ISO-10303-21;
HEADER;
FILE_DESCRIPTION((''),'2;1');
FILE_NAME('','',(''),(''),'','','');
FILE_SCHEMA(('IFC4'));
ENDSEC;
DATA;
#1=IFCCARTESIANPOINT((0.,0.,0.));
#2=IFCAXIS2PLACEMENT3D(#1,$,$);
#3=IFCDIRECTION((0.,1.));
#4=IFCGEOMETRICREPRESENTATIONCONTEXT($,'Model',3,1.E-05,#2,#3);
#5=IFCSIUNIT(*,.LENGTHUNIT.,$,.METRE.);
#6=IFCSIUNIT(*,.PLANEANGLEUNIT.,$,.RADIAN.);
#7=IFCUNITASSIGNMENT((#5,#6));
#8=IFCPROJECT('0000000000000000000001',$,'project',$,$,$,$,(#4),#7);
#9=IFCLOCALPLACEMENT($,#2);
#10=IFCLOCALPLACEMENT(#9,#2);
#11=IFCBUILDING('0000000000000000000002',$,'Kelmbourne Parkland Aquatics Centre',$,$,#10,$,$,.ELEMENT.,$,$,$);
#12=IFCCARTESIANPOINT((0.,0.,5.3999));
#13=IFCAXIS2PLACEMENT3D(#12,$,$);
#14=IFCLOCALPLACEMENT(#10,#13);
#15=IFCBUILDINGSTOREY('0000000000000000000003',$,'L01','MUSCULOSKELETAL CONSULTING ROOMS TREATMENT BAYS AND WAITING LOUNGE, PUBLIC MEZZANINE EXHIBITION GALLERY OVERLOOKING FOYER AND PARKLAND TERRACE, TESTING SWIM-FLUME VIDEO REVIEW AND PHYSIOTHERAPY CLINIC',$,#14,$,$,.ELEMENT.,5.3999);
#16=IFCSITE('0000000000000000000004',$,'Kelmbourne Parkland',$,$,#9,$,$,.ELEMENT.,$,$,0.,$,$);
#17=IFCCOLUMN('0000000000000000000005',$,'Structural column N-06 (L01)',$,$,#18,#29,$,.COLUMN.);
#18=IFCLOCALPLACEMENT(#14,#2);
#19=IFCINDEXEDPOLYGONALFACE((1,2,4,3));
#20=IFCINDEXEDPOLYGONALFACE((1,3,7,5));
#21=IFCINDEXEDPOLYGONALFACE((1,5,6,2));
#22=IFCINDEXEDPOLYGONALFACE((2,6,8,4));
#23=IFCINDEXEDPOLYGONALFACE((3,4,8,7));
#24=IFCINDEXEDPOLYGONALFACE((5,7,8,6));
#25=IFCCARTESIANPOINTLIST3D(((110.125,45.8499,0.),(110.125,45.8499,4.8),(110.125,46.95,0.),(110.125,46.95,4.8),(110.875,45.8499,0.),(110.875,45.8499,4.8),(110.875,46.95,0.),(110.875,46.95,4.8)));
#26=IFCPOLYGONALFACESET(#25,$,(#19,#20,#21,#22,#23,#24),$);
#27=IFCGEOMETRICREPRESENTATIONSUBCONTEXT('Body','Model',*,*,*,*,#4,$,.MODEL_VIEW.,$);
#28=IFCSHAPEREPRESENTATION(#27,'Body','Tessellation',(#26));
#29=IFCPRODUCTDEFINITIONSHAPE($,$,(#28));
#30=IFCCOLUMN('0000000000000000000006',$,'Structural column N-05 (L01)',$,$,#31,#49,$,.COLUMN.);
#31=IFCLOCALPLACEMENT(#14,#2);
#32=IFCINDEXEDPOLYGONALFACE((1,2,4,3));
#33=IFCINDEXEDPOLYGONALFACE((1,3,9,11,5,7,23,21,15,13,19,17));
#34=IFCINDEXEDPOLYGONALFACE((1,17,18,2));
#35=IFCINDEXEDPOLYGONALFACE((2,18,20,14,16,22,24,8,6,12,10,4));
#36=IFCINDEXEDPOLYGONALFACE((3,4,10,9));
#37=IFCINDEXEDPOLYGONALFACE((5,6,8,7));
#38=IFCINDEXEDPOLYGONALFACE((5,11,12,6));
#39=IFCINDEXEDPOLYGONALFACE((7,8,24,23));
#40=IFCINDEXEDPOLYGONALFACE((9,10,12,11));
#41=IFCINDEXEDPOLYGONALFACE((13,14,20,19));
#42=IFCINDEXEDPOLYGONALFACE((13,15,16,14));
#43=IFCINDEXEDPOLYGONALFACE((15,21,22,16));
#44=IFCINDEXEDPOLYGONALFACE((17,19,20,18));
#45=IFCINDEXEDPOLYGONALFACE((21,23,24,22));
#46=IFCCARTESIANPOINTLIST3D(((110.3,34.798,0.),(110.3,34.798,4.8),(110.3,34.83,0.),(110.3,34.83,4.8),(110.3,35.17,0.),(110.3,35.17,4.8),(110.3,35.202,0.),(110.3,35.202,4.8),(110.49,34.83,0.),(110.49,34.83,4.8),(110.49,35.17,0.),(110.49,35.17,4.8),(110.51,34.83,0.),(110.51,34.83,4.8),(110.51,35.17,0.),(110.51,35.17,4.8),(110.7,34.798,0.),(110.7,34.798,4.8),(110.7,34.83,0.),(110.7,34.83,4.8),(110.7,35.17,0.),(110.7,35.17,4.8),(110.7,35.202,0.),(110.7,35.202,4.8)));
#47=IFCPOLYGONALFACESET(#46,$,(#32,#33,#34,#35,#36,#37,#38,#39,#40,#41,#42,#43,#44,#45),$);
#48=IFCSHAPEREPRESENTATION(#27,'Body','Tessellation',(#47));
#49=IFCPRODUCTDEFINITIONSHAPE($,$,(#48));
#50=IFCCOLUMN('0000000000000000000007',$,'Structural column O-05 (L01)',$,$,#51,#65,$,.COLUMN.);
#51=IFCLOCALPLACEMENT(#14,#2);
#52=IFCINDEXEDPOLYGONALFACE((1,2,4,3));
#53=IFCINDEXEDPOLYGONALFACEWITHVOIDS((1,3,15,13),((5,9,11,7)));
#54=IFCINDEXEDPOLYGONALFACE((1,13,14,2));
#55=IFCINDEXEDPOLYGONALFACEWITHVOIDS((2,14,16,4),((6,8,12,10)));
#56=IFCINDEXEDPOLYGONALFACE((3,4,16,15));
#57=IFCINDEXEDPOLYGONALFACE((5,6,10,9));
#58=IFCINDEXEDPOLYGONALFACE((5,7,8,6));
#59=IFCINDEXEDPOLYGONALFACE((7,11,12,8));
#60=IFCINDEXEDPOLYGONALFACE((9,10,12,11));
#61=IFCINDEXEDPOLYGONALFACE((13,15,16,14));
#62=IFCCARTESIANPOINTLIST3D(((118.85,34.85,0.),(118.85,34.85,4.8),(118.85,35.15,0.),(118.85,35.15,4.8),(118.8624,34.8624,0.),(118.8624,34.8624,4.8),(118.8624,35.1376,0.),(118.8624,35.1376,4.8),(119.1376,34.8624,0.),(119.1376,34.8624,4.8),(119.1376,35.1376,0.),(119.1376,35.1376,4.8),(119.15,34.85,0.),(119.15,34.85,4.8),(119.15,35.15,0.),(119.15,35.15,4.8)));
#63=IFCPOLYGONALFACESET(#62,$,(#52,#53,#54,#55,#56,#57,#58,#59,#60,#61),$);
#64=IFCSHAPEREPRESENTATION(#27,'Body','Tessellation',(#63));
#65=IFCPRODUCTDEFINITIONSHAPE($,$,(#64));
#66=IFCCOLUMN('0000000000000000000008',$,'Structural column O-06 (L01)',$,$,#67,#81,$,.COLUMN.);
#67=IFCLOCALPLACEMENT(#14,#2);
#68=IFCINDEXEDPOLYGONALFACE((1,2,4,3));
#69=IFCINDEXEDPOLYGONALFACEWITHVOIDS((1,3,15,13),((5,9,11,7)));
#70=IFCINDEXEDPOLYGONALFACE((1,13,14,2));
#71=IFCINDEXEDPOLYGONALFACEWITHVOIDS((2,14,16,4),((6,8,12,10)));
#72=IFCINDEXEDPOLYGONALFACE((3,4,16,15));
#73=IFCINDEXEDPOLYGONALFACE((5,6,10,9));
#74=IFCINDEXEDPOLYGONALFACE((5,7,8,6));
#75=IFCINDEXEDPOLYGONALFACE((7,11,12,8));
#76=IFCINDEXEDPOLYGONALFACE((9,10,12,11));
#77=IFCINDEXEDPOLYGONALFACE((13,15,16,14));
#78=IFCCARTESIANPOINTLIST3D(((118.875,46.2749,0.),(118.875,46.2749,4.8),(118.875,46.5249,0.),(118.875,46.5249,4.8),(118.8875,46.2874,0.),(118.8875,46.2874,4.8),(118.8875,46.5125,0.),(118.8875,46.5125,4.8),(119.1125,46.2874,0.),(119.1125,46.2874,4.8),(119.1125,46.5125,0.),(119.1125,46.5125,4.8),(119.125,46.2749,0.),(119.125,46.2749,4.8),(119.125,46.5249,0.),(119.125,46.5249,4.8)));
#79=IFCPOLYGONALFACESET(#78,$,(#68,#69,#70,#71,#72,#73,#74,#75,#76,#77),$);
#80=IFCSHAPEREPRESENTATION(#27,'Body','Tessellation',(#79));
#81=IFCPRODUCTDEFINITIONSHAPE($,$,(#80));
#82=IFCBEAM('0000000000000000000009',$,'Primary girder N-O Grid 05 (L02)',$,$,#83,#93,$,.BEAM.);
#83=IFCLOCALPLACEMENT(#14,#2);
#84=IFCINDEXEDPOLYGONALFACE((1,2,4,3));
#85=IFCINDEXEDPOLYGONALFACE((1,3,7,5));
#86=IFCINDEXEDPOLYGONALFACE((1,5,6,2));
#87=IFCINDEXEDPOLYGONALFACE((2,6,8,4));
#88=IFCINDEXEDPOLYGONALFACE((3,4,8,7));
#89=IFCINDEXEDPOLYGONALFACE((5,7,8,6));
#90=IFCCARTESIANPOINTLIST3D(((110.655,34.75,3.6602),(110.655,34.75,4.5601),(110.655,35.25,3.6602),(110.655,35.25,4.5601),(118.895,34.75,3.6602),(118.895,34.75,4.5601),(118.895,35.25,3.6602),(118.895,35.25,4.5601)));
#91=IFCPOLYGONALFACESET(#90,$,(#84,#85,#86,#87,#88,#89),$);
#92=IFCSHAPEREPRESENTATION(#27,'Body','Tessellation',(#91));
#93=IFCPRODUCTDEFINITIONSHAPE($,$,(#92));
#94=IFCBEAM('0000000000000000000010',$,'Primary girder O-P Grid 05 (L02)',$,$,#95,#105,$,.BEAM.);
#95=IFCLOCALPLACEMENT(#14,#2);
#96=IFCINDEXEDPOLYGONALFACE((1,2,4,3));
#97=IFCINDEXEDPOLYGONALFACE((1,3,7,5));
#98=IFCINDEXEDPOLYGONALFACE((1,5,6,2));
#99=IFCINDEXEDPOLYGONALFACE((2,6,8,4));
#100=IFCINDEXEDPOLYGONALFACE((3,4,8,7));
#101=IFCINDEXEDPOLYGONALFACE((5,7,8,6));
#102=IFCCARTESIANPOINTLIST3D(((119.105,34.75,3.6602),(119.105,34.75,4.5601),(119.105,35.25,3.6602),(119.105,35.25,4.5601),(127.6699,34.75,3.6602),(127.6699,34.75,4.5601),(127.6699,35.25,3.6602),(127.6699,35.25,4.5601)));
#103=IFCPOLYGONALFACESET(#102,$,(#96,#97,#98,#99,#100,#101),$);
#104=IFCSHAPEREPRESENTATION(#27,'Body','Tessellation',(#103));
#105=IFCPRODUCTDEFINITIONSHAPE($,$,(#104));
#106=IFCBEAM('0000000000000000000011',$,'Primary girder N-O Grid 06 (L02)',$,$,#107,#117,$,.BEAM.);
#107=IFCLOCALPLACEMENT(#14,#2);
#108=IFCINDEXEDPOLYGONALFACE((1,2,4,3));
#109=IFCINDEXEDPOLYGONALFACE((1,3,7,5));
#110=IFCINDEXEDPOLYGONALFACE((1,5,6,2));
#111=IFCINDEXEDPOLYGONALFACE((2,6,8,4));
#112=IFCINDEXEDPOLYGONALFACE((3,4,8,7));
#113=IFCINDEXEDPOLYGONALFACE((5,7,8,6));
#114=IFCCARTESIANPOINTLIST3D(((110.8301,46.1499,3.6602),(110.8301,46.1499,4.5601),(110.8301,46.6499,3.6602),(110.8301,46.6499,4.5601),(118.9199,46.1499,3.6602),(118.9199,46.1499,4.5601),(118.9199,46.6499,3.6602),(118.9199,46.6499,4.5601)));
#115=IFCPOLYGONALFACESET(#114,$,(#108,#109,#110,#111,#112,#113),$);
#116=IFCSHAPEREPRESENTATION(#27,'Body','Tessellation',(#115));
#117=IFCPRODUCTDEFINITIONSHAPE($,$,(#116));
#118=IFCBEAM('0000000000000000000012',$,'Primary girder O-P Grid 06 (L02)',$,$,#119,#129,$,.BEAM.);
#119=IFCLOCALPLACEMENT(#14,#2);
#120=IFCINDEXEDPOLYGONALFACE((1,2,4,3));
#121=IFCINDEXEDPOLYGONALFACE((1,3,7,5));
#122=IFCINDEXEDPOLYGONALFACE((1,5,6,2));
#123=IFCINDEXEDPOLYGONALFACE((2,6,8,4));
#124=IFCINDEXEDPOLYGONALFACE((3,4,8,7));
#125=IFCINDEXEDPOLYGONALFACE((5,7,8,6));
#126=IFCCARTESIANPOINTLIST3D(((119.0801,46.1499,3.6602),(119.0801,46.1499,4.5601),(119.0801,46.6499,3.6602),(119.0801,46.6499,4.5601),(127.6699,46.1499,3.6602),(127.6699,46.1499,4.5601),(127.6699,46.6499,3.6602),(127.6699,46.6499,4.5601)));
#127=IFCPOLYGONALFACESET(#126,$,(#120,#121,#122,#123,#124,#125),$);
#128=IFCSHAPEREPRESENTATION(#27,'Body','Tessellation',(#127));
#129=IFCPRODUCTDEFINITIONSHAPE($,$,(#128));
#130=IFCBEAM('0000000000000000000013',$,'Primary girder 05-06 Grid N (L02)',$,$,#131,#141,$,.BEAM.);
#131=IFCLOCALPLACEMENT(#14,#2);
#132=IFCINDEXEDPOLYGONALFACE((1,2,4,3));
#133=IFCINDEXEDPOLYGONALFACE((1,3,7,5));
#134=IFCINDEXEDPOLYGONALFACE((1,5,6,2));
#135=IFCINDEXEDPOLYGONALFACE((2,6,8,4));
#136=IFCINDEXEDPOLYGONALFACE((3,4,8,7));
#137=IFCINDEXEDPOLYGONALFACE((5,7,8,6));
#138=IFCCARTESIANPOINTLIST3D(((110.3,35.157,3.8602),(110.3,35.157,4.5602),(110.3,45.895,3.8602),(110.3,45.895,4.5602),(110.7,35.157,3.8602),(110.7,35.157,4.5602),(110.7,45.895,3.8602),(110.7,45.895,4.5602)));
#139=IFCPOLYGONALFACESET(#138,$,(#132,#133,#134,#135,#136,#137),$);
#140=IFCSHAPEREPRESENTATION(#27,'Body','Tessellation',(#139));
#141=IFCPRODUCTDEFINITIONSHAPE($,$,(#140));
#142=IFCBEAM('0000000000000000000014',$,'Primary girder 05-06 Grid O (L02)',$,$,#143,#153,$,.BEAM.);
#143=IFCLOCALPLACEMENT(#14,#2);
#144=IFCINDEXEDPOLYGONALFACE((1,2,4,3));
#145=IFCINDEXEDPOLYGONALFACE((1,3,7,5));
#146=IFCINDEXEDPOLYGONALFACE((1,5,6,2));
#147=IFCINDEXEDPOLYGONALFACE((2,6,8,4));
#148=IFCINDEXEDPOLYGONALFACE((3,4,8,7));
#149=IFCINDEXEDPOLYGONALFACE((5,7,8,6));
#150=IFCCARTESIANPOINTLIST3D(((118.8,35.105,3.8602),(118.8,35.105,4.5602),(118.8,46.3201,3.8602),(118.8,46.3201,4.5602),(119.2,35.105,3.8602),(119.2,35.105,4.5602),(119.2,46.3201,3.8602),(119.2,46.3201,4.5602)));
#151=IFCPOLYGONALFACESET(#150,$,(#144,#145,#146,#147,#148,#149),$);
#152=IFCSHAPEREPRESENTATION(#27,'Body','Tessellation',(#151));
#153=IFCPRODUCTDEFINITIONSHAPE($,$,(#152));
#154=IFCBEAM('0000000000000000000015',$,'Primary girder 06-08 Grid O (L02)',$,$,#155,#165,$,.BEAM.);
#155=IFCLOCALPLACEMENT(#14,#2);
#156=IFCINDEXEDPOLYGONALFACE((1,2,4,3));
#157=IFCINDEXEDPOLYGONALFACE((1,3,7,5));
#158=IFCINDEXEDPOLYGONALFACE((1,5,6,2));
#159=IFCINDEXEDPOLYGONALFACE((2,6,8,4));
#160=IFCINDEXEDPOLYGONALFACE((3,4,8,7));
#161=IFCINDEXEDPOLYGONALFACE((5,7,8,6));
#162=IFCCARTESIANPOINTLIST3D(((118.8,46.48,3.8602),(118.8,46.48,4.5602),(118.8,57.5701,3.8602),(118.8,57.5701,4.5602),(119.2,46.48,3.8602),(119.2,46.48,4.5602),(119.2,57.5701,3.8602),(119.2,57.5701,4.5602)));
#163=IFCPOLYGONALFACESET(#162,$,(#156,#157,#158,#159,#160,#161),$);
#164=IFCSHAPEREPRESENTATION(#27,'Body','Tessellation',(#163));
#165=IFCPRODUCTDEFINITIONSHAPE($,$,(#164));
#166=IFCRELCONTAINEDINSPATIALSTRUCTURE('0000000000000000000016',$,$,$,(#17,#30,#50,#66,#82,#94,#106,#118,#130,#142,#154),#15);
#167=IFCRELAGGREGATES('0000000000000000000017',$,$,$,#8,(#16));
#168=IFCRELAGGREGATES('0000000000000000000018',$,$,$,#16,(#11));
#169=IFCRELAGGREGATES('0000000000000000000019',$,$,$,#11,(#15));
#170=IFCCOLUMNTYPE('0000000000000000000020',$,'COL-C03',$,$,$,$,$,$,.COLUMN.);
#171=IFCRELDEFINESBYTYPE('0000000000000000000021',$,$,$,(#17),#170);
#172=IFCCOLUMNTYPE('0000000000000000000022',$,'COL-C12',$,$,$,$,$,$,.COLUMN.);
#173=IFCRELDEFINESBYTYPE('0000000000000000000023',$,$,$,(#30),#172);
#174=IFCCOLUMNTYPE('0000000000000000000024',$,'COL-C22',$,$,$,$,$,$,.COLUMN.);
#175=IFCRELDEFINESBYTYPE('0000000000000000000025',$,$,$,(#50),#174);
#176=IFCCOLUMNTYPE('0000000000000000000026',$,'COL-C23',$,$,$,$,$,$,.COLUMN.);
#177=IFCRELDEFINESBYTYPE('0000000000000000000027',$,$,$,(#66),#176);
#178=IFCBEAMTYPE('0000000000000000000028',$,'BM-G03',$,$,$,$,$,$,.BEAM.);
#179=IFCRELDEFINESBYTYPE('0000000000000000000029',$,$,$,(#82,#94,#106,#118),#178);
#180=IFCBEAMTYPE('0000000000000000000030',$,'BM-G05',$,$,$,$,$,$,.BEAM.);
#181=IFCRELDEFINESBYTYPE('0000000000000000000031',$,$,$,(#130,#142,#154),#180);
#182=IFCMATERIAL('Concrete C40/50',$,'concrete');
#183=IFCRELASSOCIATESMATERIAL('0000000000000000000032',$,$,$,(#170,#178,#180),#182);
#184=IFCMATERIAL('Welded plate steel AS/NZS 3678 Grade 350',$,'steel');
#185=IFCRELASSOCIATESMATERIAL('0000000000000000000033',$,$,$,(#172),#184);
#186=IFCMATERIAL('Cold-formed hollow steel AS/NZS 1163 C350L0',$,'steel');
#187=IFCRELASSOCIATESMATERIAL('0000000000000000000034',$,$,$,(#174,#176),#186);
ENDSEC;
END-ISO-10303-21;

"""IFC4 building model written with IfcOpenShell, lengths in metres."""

from ifc_helpers import new_model, si_unit, direction, frame, origin, origin_2d, place, context, subcontext, project, spatial, rectangle, hollow_rectangle, i_section, extrude, material, material_profile, profile_set, type_object, element, save


model = new_model("IFC4")

# Units and contexts
model_context = context("Model", 3, precision=1e-05, world=origin(), true_north=direction((0.0, 1.0)))
body_context = subcontext(model_context, "Body", "Model", "MODEL_VIEW")
ifc_project = project(units=[si_unit("LENGTHUNIT", "METRE"), si_unit("PLANEANGLEUNIT", "RADIAN")], contexts=[model_context])

# Site, building, storey
site_placement = place(None, origin())
site = spatial("IfcSite", under=ifc_project, at=site_placement, Name="Kelmbourne Parkland", CompositionType="ELEMENT", RefElevation=0.0)
building_placement = place(site_placement, origin())
building = spatial("IfcBuilding", under=site, at=building_placement, Name="Kelmbourne Parkland Aquatics Centre", CompositionType="ELEMENT")
storey_placement = place(building_placement, frame((0.0, 0.0, 5.3999)))
storey = spatial("IfcBuildingStorey", under=building, at=storey_placement, Name="L01", Description="MUSCULOSKELETAL CONSULTING ROOMS TREATMENT BAYS AND WAITING LOUNGE, PUBLIC MEZZANINE EXHIBITION GALLERY OVERLOOKING FOYER AND PARKLAND TERRACE, TESTING SWIM-FLUME VIDEO REVIEW AND PHYSIOTHERAPY CLINIC", CompositionType="ELEMENT", Elevation=5.3999)

# Columns
ifc_material_1 = material(Name="Concrete C40/50", Category="concrete")
ifc_material_profile_1 = material_profile(ifc_material_1, rectangle(XDim=0.75, YDim=1.1001, at=origin_2d()), Name="RC 750x1100")
ifc_profile_set_1 = profile_set([ifc_material_profile_1], Name="Concrete C40/50")
column_type_1 = type_object("IfcColumnType", Name="COL-C03", PredefinedType="COLUMN", material=ifc_profile_set_1)
column_1_placement = place(storey_placement, frame((110.5, 46.3999, 0.0), z_axis=(0.0, 0.0, 1.0), x_axis=(1.0, 0.0, 0.0)))
element("IfcColumn", 1, at=column_1_placement, inside=storey, type_object=column_type_1, Name="Structural column N-06 (L01)", PredefinedType="COLUMN", context=body_context, shape_type="SweptSolid", body=[
    extrude(rectangle(XDim=0.75, YDim=1.1001, at=origin_2d()), origin(), (0.0, 0.0, 1.0), 4.8),
])
ifc_material_2 = material(Name="Welded plate steel AS/NZS 3678 Grade 350", Category="steel")
ifc_material_profile_2 = material_profile(ifc_material_2, i_section(OverallWidth=0.3999, OverallDepth=0.4041, WebThickness=0.02, FlangeThickness=0.032, at=origin_2d()), Name="400WC270")
ifc_profile_set_2 = profile_set([ifc_material_profile_2], Name="Welded plate steel AS/NZS 3678 Grade 350")
column_type_2 = type_object("IfcColumnType", Name="COL-C12", PredefinedType="COLUMN", material=ifc_profile_set_2)
column_2_placement = place(storey_placement, frame((110.5, 35.0, 0.0), z_axis=(0.0, 0.0, 1.0), x_axis=(1.0, 0.0, 0.0)))
element("IfcColumn", 2, at=column_2_placement, inside=storey, type_object=column_type_2, Name="Structural column N-05 (L01)", PredefinedType="COLUMN", context=body_context, shape_type="SweptSolid", body=[
    extrude(i_section(OverallWidth=0.3999, OverallDepth=0.4041, WebThickness=0.02, FlangeThickness=0.032, at=origin_2d()), origin(), (0.0, 0.0, 1.0), 4.8),
])
ifc_material_3 = material(Name="Cold-formed hollow steel AS/NZS 1163 C350L0", Category="steel")
ifc_material_profile_3 = material_profile(ifc_material_3, hollow_rectangle(XDim=0.3, YDim=0.3, WallThickness=0.0125, at=origin_2d()), Name="SHS 300x300x12.5")
ifc_profile_set_3 = profile_set([ifc_material_profile_3], Name="Cold-formed hollow steel AS/NZS 1163 C350L0")
column_type_3 = type_object("IfcColumnType", Name="COL-C22", PredefinedType="COLUMN", material=ifc_profile_set_3)
column_3_placement = place(storey_placement, frame((119.0, 35.0, 0.0), z_axis=(0.0, 0.0, 1.0), x_axis=(1.0, 0.0, 0.0)))
element("IfcColumn", 3, at=column_3_placement, inside=storey, type_object=column_type_3, Name="Structural column O-05 (L01)", PredefinedType="COLUMN", context=body_context, shape_type="SweptSolid", body=[
    extrude(hollow_rectangle(XDim=0.3, YDim=0.3, WallThickness=0.0125, at=origin_2d()), origin(), (0.0, 0.0, 1.0), 4.8),
])
ifc_material_profile_4 = material_profile(ifc_material_3, hollow_rectangle(XDim=0.25, YDim=0.25, WallThickness=0.0125, at=origin_2d()), Name="SHS 250x250x12.5")
ifc_profile_set_4 = profile_set([ifc_material_profile_4], Name="Cold-formed hollow steel AS/NZS 1163 C350L0")
column_type_4 = type_object("IfcColumnType", Name="COL-C23", PredefinedType="COLUMN", material=ifc_profile_set_4)
column_4_placement = place(storey_placement, frame((119.0, 46.3999, 0.0), z_axis=(0.0, 0.0, 1.0), x_axis=(1.0, 0.0, 0.0)))
element("IfcColumn", 4, at=column_4_placement, inside=storey, type_object=column_type_4, Name="Structural column O-06 (L01)", PredefinedType="COLUMN", context=body_context, shape_type="SweptSolid", body=[
    extrude(hollow_rectangle(XDim=0.25, YDim=0.25, WallThickness=0.0125, at=origin_2d()), origin(), (0.0, 0.0, 1.0), 4.8),
])

# Beams
ifc_material_profile_5 = material_profile(ifc_material_1, rectangle(XDim=0.5, YDim=0.8999, at=origin_2d()), Name="RC 500x900")
ifc_profile_set_5 = profile_set([ifc_material_profile_5], Name="Concrete C40/50")
beam_type_1 = type_object("IfcBeamType", Name="BM-G03", PredefinedType="BEAM", material=ifc_profile_set_5)
beam_1_placement = place(storey_placement, frame((110.655, 35.0, 4.1101), z_axis=(1.0, 0.0, 0.0), x_axis=(0.0, 1.0, 0.0)))
element("IfcBeam", 5, at=beam_1_placement, inside=storey, type_object=beam_type_1, Name="Primary girder N-O Grid 05 (L02)", PredefinedType="BEAM", context=body_context, shape_type="SweptSolid", body=[
    extrude(rectangle(XDim=0.5, YDim=0.8999, at=origin_2d()), origin(), (0.0, 0.0, 1.0), 8.24),
])
beam_2_placement = place(storey_placement, frame((119.105, 35.0, 4.1101), z_axis=(1.0, 0.0, 0.0), x_axis=(0.0, 1.0, 0.0)))
element("IfcBeam", 6, at=beam_2_placement, inside=storey, type_object=beam_type_1, Name="Primary girder O-P Grid 05 (L02)", PredefinedType="BEAM", context=body_context, shape_type="SweptSolid", body=[
    extrude(rectangle(XDim=0.5, YDim=0.8999, at=origin_2d()), origin(), (0.0, 0.0, 1.0), 8.5649),
])
beam_3_placement = place(storey_placement, frame((110.8301, 46.3999, 4.1101), z_axis=(1.0, 0.0, 0.0), x_axis=(0.0, 1.0, 0.0)))
element("IfcBeam", 7, at=beam_3_placement, inside=storey, type_object=beam_type_1, Name="Primary girder N-O Grid 06 (L02)", PredefinedType="BEAM", context=body_context, shape_type="SweptSolid", body=[
    extrude(rectangle(XDim=0.5, YDim=0.8999, at=origin_2d()), origin(), (0.0, 0.0, 1.0), 8.0898),
])
beam_4_placement = place(storey_placement, frame((119.0801, 46.3999, 4.1101), z_axis=(1.0, 0.0, 0.0), x_axis=(0.0, 1.0, 0.0)))
element("IfcBeam", 8, at=beam_4_placement, inside=storey, type_object=beam_type_1, Name="Primary girder O-P Grid 06 (L02)", PredefinedType="BEAM", context=body_context, shape_type="SweptSolid", body=[
    extrude(rectangle(XDim=0.5, YDim=0.8999, at=origin_2d()), origin(), (0.0, 0.0, 1.0), 8.5898),
])
ifc_material_profile_6 = material_profile(ifc_material_1, rectangle(XDim=0.3999, YDim=0.7, at=origin_2d()), Name="RC 400x700")
ifc_profile_set_6 = profile_set([ifc_material_profile_6], Name="Concrete C40/50")
beam_type_2 = type_object("IfcBeamType", Name="BM-G05", PredefinedType="BEAM", material=ifc_profile_set_6)
beam_5_placement = place(storey_placement, frame((110.5, 35.157, 4.2102), z_axis=(0.0, 1.0, 0.0), x_axis=(-1.0, 0.0, 0.0)))
element("IfcBeam", 9, at=beam_5_placement, inside=storey, type_object=beam_type_2, Name="Primary girder 05-06 Grid N (L02)", PredefinedType="BEAM", context=body_context, shape_type="SweptSolid", body=[
    extrude(rectangle(XDim=0.3999, YDim=0.7, at=origin_2d()), origin(), (0.0, 0.0, 1.0), 10.738),
])
beam_6_placement = place(storey_placement, frame((119.0, 35.105, 4.2102), z_axis=(0.0, 1.0, 0.0), x_axis=(-1.0, 0.0, 0.0)))
element("IfcBeam", 10, at=beam_6_placement, inside=storey, type_object=beam_type_2, Name="Primary girder 05-06 Grid O (L02)", PredefinedType="BEAM", context=body_context, shape_type="SweptSolid", body=[
    extrude(rectangle(XDim=0.3999, YDim=0.7, at=origin_2d()), origin(), (0.0, 0.0, 1.0), 11.2151),
])
beam_7_placement = place(storey_placement, frame((119.0, 46.48, 4.2102), z_axis=(0.0, 1.0, 0.0), x_axis=(-1.0, 0.0, 0.0)))
element("IfcBeam", 11, at=beam_7_placement, inside=storey, type_object=beam_type_2, Name="Primary girder 06-08 Grid O (L02)", PredefinedType="BEAM", context=body_context, shape_type="SweptSolid", body=[
    extrude(rectangle(XDim=0.3999, YDim=0.7, at=origin_2d()), origin(), (0.0, 0.0, 1.0), 11.0901),
])

save(model, "model.ifc")
